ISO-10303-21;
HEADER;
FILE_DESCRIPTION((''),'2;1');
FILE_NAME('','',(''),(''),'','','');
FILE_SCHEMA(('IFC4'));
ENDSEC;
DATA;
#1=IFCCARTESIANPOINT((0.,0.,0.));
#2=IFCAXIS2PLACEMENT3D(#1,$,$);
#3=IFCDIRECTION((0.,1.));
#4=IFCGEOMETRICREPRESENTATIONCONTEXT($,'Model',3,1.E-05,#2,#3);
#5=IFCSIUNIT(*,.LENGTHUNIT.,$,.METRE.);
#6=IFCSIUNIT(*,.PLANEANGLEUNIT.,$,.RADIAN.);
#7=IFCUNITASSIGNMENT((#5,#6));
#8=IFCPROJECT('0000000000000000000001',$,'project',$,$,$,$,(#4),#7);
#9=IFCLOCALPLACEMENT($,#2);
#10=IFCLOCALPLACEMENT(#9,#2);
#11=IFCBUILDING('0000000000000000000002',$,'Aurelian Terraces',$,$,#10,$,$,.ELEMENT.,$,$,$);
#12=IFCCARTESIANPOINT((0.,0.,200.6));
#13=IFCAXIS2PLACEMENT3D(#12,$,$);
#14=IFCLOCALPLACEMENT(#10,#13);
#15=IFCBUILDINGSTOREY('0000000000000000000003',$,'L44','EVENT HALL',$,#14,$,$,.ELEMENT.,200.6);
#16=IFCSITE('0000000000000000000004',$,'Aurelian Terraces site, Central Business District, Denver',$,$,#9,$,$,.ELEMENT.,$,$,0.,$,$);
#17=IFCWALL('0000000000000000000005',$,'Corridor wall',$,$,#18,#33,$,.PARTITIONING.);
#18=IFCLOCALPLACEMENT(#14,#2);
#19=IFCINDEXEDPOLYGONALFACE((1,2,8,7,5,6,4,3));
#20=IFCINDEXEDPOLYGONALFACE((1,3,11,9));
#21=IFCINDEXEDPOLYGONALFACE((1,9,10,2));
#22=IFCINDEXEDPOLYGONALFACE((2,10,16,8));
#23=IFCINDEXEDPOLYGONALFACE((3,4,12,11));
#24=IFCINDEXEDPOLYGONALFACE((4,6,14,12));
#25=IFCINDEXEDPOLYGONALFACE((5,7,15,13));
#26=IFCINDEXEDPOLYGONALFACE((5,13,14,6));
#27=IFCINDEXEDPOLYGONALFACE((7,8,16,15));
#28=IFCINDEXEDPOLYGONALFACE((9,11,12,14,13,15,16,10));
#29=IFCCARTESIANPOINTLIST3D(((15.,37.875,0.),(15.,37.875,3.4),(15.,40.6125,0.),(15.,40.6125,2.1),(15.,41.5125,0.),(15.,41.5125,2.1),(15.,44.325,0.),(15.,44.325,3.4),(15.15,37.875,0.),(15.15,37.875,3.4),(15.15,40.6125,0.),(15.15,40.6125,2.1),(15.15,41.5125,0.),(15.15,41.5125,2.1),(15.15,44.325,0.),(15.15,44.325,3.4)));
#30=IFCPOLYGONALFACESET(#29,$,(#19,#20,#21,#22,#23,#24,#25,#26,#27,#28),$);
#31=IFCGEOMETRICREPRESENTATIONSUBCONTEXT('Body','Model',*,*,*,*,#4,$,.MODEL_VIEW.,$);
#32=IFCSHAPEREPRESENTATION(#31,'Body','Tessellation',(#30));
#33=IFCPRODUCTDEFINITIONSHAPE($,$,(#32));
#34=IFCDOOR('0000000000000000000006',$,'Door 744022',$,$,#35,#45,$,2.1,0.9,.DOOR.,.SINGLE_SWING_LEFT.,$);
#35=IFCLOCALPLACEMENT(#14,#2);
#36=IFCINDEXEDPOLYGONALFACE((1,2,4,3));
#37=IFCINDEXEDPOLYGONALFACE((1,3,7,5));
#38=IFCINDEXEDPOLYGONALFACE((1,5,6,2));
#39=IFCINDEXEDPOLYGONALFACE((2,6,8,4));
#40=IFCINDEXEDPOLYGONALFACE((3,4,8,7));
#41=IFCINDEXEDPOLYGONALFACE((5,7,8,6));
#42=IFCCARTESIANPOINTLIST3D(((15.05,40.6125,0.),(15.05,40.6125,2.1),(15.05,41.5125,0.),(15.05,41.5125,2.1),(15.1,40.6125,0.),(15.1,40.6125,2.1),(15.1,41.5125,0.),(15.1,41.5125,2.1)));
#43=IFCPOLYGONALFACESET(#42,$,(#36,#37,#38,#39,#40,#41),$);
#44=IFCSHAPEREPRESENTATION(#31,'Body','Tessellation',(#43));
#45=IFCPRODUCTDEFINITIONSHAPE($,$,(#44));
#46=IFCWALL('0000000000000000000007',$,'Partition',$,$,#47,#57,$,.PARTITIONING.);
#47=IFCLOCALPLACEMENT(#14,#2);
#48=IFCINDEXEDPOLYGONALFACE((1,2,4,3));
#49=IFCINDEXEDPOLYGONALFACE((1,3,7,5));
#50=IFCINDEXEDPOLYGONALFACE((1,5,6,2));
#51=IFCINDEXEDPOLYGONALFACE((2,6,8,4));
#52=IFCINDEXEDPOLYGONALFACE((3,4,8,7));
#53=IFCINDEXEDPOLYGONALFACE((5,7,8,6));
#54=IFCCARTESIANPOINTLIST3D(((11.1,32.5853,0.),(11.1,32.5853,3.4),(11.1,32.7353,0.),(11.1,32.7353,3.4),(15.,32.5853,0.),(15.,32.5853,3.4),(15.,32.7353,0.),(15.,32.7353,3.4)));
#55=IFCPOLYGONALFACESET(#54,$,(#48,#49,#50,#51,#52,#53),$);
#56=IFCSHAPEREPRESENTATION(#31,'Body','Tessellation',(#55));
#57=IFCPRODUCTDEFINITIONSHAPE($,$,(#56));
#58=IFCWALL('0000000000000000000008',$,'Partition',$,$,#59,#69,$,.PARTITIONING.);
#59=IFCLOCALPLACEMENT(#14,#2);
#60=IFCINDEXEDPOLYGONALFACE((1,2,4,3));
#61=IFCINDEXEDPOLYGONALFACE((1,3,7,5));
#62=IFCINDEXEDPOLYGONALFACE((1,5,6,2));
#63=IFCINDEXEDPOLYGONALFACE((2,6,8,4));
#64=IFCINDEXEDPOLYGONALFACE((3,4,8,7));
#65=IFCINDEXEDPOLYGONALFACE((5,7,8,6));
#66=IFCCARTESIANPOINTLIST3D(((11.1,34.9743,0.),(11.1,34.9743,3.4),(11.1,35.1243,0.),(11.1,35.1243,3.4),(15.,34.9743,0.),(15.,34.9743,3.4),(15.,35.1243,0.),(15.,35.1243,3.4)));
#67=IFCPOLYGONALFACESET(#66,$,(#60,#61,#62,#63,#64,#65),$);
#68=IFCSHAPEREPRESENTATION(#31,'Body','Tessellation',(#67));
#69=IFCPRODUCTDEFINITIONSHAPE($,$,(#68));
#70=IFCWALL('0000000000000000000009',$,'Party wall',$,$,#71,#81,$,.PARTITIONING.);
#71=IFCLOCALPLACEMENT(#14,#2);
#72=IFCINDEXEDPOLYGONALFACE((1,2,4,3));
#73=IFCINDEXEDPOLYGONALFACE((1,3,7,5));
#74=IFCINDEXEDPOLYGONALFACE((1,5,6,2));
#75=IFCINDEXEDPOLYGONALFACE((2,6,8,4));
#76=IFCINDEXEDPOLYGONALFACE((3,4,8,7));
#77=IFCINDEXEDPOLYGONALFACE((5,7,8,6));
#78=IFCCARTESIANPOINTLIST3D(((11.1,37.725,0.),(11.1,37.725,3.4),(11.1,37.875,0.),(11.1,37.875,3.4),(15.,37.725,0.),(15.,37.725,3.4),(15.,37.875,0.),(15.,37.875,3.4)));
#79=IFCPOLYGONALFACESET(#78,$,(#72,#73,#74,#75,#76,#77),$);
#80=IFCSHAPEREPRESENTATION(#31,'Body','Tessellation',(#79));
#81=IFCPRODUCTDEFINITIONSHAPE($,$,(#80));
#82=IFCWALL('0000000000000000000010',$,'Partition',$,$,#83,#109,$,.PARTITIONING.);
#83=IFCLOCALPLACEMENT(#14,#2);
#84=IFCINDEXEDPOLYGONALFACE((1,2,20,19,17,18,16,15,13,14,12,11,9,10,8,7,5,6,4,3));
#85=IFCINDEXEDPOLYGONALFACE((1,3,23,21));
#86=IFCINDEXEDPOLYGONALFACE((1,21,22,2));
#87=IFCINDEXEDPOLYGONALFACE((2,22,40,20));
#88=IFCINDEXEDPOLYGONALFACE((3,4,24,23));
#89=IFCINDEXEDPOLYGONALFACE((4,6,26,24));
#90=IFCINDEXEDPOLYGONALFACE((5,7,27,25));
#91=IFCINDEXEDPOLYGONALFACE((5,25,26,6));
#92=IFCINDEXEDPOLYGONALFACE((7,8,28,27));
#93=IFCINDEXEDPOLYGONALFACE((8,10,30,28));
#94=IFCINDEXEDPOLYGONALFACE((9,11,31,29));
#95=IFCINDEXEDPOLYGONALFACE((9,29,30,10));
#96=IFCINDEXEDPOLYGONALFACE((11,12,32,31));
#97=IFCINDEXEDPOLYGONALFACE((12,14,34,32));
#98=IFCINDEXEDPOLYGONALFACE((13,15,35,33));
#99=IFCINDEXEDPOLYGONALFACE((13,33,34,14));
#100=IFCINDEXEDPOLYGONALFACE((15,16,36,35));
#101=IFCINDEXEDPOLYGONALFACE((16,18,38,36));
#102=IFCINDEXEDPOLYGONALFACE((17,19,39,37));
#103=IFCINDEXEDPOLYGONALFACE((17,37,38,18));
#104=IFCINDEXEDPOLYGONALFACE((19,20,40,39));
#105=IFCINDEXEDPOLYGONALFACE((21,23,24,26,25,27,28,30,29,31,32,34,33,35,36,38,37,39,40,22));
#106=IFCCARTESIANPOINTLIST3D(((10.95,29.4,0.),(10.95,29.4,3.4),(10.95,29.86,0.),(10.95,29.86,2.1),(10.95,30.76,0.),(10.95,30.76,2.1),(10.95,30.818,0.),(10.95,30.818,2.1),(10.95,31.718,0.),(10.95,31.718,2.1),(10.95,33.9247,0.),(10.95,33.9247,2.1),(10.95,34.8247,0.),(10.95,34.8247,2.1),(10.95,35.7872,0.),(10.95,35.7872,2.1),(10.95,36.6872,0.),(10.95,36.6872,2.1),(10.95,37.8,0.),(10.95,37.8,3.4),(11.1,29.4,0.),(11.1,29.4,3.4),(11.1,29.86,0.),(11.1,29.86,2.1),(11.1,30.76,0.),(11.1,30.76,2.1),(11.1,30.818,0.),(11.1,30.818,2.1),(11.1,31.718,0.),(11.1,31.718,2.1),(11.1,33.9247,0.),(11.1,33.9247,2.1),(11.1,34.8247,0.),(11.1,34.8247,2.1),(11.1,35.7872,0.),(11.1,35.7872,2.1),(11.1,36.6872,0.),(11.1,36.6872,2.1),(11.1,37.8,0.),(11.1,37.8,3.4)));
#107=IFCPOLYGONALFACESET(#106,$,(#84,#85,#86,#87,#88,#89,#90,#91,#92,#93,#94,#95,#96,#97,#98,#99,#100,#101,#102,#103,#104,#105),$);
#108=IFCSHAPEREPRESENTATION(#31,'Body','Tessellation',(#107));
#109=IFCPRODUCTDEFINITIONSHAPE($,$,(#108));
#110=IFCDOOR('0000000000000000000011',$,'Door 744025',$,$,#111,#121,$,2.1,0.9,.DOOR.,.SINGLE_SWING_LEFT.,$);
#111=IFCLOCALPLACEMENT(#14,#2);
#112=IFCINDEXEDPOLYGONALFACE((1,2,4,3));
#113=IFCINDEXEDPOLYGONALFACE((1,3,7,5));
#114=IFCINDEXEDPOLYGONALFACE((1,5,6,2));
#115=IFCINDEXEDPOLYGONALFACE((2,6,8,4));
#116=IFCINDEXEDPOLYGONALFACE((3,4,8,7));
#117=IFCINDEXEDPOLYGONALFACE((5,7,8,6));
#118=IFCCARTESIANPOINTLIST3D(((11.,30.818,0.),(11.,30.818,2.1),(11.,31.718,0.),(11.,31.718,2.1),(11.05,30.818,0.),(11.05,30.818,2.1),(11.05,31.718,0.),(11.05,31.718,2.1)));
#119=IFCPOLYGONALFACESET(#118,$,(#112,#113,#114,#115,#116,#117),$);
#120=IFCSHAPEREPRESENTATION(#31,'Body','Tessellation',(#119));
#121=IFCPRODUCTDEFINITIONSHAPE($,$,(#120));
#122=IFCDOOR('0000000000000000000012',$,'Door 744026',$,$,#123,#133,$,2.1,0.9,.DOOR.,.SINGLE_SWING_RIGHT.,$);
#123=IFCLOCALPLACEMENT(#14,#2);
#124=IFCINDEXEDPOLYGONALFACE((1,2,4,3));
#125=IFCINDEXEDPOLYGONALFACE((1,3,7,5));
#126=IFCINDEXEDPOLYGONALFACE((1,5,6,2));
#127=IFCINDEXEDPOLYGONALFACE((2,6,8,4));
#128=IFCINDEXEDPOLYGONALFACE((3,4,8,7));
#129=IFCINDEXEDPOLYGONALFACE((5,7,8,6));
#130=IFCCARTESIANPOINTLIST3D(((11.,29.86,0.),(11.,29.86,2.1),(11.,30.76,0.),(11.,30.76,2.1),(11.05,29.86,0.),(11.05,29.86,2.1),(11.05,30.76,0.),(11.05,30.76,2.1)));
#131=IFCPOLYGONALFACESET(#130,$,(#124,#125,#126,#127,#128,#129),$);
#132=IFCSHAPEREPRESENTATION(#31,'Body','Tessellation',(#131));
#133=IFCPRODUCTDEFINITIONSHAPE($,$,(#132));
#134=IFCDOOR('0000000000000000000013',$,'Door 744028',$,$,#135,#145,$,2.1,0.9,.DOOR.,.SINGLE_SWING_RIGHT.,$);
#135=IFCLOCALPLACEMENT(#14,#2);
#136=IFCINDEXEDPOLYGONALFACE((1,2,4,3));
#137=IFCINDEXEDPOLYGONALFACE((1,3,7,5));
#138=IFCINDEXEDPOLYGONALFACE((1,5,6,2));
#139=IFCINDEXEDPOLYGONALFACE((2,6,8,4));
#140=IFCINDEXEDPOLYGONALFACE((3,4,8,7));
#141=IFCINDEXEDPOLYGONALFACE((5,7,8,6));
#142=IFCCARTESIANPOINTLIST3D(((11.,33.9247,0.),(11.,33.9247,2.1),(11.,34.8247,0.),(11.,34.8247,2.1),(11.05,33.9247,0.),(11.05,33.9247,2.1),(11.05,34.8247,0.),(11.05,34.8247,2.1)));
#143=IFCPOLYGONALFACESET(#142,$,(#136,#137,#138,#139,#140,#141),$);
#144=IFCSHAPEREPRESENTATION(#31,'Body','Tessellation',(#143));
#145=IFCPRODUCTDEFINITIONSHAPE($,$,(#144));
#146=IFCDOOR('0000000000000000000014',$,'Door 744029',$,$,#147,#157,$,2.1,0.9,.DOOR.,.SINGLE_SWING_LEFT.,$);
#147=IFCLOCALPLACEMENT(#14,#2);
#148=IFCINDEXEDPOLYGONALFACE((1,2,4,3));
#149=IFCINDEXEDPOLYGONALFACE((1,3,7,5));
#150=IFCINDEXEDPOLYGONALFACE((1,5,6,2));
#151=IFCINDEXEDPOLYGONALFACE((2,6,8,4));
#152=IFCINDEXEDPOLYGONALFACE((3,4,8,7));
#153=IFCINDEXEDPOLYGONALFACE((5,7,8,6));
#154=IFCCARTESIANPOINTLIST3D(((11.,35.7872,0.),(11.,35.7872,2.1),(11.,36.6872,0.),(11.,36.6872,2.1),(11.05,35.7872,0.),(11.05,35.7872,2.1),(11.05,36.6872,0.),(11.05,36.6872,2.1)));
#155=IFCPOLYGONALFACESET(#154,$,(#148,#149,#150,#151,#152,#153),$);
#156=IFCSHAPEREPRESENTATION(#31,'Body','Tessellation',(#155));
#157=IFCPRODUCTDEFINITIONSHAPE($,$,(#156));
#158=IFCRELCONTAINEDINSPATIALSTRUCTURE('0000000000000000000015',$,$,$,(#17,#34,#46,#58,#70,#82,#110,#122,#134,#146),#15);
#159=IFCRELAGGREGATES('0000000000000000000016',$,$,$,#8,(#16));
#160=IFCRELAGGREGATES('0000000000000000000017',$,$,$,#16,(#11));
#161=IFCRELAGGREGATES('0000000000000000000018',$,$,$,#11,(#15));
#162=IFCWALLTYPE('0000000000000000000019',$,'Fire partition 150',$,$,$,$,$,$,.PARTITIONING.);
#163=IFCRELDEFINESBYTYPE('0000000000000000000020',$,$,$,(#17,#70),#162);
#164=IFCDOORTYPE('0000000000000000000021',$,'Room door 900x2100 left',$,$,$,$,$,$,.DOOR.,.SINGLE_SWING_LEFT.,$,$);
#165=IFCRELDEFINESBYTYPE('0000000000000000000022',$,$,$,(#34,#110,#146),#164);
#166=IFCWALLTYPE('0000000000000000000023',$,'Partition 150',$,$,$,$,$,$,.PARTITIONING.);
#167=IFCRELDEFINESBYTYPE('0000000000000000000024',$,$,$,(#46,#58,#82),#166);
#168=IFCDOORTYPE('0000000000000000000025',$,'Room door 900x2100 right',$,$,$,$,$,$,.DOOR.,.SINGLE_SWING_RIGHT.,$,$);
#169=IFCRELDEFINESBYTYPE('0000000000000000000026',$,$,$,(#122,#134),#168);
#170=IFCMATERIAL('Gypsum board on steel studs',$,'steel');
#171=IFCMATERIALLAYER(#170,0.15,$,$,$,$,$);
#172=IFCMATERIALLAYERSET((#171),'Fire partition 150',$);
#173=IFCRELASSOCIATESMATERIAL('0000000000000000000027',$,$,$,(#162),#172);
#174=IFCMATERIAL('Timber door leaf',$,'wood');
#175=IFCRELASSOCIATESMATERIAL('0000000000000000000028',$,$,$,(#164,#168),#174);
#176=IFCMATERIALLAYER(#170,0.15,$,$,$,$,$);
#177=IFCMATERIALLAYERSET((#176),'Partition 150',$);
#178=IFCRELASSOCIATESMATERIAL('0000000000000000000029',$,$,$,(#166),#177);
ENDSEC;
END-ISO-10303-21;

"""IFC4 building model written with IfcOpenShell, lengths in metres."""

from ifc_helpers import new_model, si_unit, direction, frame, frame_2d, origin, place, context, subcontext, project, spatial, rectangle, extrude, source, transform, mapped, material, layer, layer_set, type_object, element, fill, save


model = new_model("IFC4")

# Units and contexts
model_context = context("Model", 3, precision=1e-05, world=origin(), true_north=direction((0.0, 1.0)))
body_context = subcontext(model_context, "Body", "Model", "MODEL_VIEW")
ifc_project = project(units=[si_unit("LENGTHUNIT", "METRE"), si_unit("PLANEANGLEUNIT", "RADIAN")], contexts=[model_context])

# Site, building, storey
site_placement = place(None, origin())
site = spatial("IfcSite", under=ifc_project, at=site_placement, Name="Aurelian Terraces site, Central Business District, Denver", CompositionType="ELEMENT", RefElevation=0.0)
building_placement = place(site_placement, origin())
building = spatial("IfcBuilding", under=site, at=building_placement, Name="Aurelian Terraces", CompositionType="ELEMENT")
storey_placement = place(building_placement, frame((0.0, 0.0, 200.6)))
storey = spatial("IfcBuildingStorey", under=building, at=storey_placement, Name="L44", Description="EVENT HALL", CompositionType="ELEMENT", Elevation=200.6)

# Wall, opening, door
ifc_material_1 = material(Name="Gypsum board on steel studs", Category="steel")
ifc_layer_1 = layer(ifc_material_1, 0.15)
ifc_layer_set_1 = layer_set([ifc_layer_1], Name="Fire partition 150")
wall_type_1 = type_object("IfcWallType", Name="Fire partition 150", PredefinedType="PARTITIONING", material=ifc_layer_set_1)
shared_shape_1 = source(origin(), body_context, "Body", "SweptSolid", [
    extrude(rectangle(XDim=6.45, YDim=0.15, at=frame_2d((3.225, 0.0))), origin(), (0.0, 0.0, 1.0), 3.4),
])
wall_1_placement = place(storey_placement, frame((15.075, 37.875, 0.0), z_axis=(0.0, 0.0, 1.0), x_axis=(0.0, 1.0, 0.0)))
wall_1 = element("IfcWall", 1, at=wall_1_placement, inside=storey, type_object=wall_type_1, Name="Corridor wall", PredefinedType="PARTITIONING", context=body_context, shape_type="MappedRepresentation", body=[
    mapped(shared_shape_1, transform((0.0, 0.0, 0.0), scale=1.0)),
])
shared_shape_2 = source(origin(), body_context, "Body", "SweptSolid", [
    extrude(rectangle(XDim=0.9, YDim=2.1, at=frame_2d((0.45, 1.05))), frame((0.0, 0.085, 0.0), z_axis=(0.0, -1.0, 0.0), x_axis=(1.0, 0.0, 0.0)), (0.0, 0.0, 1.0), 0.17),
])
opening_1_placement = place(wall_1_placement, frame((2.7375, 0.0, 0.0)))
opening_1 = element("IfcOpeningElement", 2, at=opening_1_placement, cuts=wall_1, PredefinedType="OPENING", context=body_context, shape_type="MappedRepresentation", body=[
    mapped(shared_shape_2, transform((0.0, 0.0, 0.0), scale=1.0)),
])
ifc_material_2 = material(Name="Timber door leaf", Category="wood")
door_type_1 = type_object("IfcDoorType", Name="Room door 900x2100 left", OperationType="SINGLE_SWING_LEFT", PredefinedType="DOOR", material=ifc_material_2)
shared_shape_3 = source(origin(), body_context, "Body", "SweptSolid", [
    extrude(rectangle(XDim=0.9, YDim=2.1, at=frame_2d((0.45, 1.05))), frame((0.0, 0.025, 0.0), z_axis=(0.0, -1.0, 0.0), x_axis=(1.0, 0.0, 0.0)), (0.0, 0.0, 1.0), 0.05),
])
door_1_placement = place(opening_1_placement, origin())
door_1 = element("IfcDoor", 3, at=door_1_placement, inside=storey, type_object=door_type_1, Name="Door 744022", OperationType="SINGLE_SWING_LEFT", OverallHeight=2.1, OverallWidth=0.9, PredefinedType="DOOR", context=body_context, shape_type="MappedRepresentation", body=[
    mapped(shared_shape_3, transform((0.0, 0.0, 0.0), scale=1.0)),
])
fill(opening_1, door_1)

# Walls
ifc_layer_2 = layer(ifc_material_1, 0.15)
ifc_layer_set_2 = layer_set([ifc_layer_2], Name="Partition 150")
wall_type_2 = type_object("IfcWallType", Name="Partition 150", PredefinedType="PARTITIONING", material=ifc_layer_set_2)
shared_shape_4 = source(origin(), body_context, "Body", "SweptSolid", [
    extrude(rectangle(XDim=3.9, YDim=0.15, at=frame_2d((1.95, 0.0))), origin(), (0.0, 0.0, 1.0), 3.4),
])
for number, where, z_axis, x_axis, name in (
    (4, (15.0, 32.6603, 0.0), (0.0, 0.0, 1.0), (-1.0, 0.0, 0.0), "Partition"),
    (5, (15.0, 35.0493, 0.0), (0.0, 0.0, 1.0), (-1.0, 0.0, 0.0), "Partition"),
):
    element("IfcWall", number, at=place(storey_placement, frame(where, z_axis=z_axis, x_axis=x_axis)), inside=storey, type_object=wall_type_2, Name=name, PredefinedType="PARTITIONING", context=body_context, shape_type="MappedRepresentation", body=[
        mapped(shared_shape_4, transform((0.0, 0.0, 0.0), scale=1.0)),
    ])
wall_2_placement = place(storey_placement, frame((15.0, 37.8, 0.0), z_axis=(0.0, 0.0, 1.0), x_axis=(-1.0, 0.0, 0.0)))
element("IfcWall", 6, at=wall_2_placement, inside=storey, type_object=wall_type_1, Name="Party wall", PredefinedType="PARTITIONING", context=body_context, shape_type="MappedRepresentation", body=[
    mapped(shared_shape_4, transform((0.0, 0.0, 0.0), scale=1.0)),
])

# Wall, openings, doors
shared_shape_5 = source(origin(), body_context, "Body", "SweptSolid", [
    extrude(rectangle(XDim=8.4, YDim=0.15, at=frame_2d((4.2, 0.0))), origin(), (0.0, 0.0, 1.0), 3.4),
])
wall_3_placement = place(storey_placement, frame((11.025, 29.4, 0.0), z_axis=(0.0, 0.0, 1.0), x_axis=(0.0, 1.0, 0.0)))
wall_3 = element("IfcWall", 7, at=wall_3_placement, inside=storey, type_object=wall_type_2, Name="Partition", PredefinedType="PARTITIONING", context=body_context, shape_type="MappedRepresentation", body=[
    mapped(shared_shape_5, transform((0.0, 0.0, 0.0), scale=1.0)),
])
opening_2_placement = place(wall_3_placement, frame((1.418, 0.0, 0.0)))
opening_2 = element("IfcOpeningElement", 8, at=opening_2_placement, cuts=wall_3, PredefinedType="OPENING", context=body_context, shape_type="MappedRepresentation", body=[
    mapped(shared_shape_2, transform((0.0, 0.0, 0.0), scale=1.0)),
])
opening_3_placement = place(wall_3_placement, frame((0.46, 0.0, 0.0)))
opening_3 = element("IfcOpeningElement", 9, at=opening_3_placement, cuts=wall_3, PredefinedType="OPENING", context=body_context, shape_type="MappedRepresentation", body=[
    mapped(shared_shape_2, transform((0.0, 0.0, 0.0), scale=1.0)),
])
opening_4_placement = place(wall_3_placement, frame((4.5247, 0.0, 0.0)))
opening_4 = element("IfcOpeningElement", 10, at=opening_4_placement, cuts=wall_3, PredefinedType="OPENING", context=body_context, shape_type="MappedRepresentation", body=[
    mapped(shared_shape_2, transform((0.0, 0.0, 0.0), scale=1.0)),
])
opening_5_placement = place(wall_3_placement, frame((6.3872, 0.0, 0.0)))
opening_5 = element("IfcOpeningElement", 11, at=opening_5_placement, cuts=wall_3, PredefinedType="OPENING", context=body_context, shape_type="MappedRepresentation", body=[
    mapped(shared_shape_2, transform((0.0, 0.0, 0.0), scale=1.0)),
])
door_2_placement = place(opening_2_placement, origin())
door_2 = element("IfcDoor", 12, at=door_2_placement, inside=storey, type_object=door_type_1, Name="Door 744025", OperationType="SINGLE_SWING_LEFT", OverallHeight=2.1, OverallWidth=0.9, PredefinedType="DOOR", context=body_context, shape_type="MappedRepresentation", body=[
    mapped(shared_shape_3, transform((0.0, 0.0, 0.0), scale=1.0)),
])
fill(opening_2, door_2)
door_type_2 = type_object("IfcDoorType", Name="Room door 900x2100 right", OperationType="SINGLE_SWING_RIGHT", PredefinedType="DOOR", material=ifc_material_2)
door_3_placement = place(opening_3_placement, origin())
door_3 = element("IfcDoor", 13, at=door_3_placement, inside=storey, type_object=door_type_2, Name="Door 744026", OperationType="SINGLE_SWING_RIGHT", OverallHeight=2.1, OverallWidth=0.9, PredefinedType="DOOR", context=body_context, shape_type="MappedRepresentation", body=[
    mapped(shared_shape_3, transform((0.0, 0.0, 0.0), scale=1.0)),
])
fill(opening_3, door_3)
door_4_placement = place(opening_4_placement, origin())
door_4 = element("IfcDoor", 14, at=door_4_placement, inside=storey, type_object=door_type_2, Name="Door 744028", OperationType="SINGLE_SWING_RIGHT", OverallHeight=2.1, OverallWidth=0.9, PredefinedType="DOOR", context=body_context, shape_type="MappedRepresentation", body=[
    mapped(shared_shape_3, transform((0.0, 0.0, 0.0), scale=1.0)),
])
fill(opening_4, door_4)
door_5_placement = place(opening_5_placement, origin())
door_5 = element("IfcDoor", 15, at=door_5_placement, inside=storey, type_object=door_type_1, Name="Door 744029", OperationType="SINGLE_SWING_LEFT", OverallHeight=2.1, OverallWidth=0.9, PredefinedType="DOOR", context=body_context, shape_type="MappedRepresentation", body=[
    mapped(shared_shape_3, transform((0.0, 0.0, 0.0), scale=1.0)),
])
fill(opening_5, door_5)

save(model, "model.ifc")
